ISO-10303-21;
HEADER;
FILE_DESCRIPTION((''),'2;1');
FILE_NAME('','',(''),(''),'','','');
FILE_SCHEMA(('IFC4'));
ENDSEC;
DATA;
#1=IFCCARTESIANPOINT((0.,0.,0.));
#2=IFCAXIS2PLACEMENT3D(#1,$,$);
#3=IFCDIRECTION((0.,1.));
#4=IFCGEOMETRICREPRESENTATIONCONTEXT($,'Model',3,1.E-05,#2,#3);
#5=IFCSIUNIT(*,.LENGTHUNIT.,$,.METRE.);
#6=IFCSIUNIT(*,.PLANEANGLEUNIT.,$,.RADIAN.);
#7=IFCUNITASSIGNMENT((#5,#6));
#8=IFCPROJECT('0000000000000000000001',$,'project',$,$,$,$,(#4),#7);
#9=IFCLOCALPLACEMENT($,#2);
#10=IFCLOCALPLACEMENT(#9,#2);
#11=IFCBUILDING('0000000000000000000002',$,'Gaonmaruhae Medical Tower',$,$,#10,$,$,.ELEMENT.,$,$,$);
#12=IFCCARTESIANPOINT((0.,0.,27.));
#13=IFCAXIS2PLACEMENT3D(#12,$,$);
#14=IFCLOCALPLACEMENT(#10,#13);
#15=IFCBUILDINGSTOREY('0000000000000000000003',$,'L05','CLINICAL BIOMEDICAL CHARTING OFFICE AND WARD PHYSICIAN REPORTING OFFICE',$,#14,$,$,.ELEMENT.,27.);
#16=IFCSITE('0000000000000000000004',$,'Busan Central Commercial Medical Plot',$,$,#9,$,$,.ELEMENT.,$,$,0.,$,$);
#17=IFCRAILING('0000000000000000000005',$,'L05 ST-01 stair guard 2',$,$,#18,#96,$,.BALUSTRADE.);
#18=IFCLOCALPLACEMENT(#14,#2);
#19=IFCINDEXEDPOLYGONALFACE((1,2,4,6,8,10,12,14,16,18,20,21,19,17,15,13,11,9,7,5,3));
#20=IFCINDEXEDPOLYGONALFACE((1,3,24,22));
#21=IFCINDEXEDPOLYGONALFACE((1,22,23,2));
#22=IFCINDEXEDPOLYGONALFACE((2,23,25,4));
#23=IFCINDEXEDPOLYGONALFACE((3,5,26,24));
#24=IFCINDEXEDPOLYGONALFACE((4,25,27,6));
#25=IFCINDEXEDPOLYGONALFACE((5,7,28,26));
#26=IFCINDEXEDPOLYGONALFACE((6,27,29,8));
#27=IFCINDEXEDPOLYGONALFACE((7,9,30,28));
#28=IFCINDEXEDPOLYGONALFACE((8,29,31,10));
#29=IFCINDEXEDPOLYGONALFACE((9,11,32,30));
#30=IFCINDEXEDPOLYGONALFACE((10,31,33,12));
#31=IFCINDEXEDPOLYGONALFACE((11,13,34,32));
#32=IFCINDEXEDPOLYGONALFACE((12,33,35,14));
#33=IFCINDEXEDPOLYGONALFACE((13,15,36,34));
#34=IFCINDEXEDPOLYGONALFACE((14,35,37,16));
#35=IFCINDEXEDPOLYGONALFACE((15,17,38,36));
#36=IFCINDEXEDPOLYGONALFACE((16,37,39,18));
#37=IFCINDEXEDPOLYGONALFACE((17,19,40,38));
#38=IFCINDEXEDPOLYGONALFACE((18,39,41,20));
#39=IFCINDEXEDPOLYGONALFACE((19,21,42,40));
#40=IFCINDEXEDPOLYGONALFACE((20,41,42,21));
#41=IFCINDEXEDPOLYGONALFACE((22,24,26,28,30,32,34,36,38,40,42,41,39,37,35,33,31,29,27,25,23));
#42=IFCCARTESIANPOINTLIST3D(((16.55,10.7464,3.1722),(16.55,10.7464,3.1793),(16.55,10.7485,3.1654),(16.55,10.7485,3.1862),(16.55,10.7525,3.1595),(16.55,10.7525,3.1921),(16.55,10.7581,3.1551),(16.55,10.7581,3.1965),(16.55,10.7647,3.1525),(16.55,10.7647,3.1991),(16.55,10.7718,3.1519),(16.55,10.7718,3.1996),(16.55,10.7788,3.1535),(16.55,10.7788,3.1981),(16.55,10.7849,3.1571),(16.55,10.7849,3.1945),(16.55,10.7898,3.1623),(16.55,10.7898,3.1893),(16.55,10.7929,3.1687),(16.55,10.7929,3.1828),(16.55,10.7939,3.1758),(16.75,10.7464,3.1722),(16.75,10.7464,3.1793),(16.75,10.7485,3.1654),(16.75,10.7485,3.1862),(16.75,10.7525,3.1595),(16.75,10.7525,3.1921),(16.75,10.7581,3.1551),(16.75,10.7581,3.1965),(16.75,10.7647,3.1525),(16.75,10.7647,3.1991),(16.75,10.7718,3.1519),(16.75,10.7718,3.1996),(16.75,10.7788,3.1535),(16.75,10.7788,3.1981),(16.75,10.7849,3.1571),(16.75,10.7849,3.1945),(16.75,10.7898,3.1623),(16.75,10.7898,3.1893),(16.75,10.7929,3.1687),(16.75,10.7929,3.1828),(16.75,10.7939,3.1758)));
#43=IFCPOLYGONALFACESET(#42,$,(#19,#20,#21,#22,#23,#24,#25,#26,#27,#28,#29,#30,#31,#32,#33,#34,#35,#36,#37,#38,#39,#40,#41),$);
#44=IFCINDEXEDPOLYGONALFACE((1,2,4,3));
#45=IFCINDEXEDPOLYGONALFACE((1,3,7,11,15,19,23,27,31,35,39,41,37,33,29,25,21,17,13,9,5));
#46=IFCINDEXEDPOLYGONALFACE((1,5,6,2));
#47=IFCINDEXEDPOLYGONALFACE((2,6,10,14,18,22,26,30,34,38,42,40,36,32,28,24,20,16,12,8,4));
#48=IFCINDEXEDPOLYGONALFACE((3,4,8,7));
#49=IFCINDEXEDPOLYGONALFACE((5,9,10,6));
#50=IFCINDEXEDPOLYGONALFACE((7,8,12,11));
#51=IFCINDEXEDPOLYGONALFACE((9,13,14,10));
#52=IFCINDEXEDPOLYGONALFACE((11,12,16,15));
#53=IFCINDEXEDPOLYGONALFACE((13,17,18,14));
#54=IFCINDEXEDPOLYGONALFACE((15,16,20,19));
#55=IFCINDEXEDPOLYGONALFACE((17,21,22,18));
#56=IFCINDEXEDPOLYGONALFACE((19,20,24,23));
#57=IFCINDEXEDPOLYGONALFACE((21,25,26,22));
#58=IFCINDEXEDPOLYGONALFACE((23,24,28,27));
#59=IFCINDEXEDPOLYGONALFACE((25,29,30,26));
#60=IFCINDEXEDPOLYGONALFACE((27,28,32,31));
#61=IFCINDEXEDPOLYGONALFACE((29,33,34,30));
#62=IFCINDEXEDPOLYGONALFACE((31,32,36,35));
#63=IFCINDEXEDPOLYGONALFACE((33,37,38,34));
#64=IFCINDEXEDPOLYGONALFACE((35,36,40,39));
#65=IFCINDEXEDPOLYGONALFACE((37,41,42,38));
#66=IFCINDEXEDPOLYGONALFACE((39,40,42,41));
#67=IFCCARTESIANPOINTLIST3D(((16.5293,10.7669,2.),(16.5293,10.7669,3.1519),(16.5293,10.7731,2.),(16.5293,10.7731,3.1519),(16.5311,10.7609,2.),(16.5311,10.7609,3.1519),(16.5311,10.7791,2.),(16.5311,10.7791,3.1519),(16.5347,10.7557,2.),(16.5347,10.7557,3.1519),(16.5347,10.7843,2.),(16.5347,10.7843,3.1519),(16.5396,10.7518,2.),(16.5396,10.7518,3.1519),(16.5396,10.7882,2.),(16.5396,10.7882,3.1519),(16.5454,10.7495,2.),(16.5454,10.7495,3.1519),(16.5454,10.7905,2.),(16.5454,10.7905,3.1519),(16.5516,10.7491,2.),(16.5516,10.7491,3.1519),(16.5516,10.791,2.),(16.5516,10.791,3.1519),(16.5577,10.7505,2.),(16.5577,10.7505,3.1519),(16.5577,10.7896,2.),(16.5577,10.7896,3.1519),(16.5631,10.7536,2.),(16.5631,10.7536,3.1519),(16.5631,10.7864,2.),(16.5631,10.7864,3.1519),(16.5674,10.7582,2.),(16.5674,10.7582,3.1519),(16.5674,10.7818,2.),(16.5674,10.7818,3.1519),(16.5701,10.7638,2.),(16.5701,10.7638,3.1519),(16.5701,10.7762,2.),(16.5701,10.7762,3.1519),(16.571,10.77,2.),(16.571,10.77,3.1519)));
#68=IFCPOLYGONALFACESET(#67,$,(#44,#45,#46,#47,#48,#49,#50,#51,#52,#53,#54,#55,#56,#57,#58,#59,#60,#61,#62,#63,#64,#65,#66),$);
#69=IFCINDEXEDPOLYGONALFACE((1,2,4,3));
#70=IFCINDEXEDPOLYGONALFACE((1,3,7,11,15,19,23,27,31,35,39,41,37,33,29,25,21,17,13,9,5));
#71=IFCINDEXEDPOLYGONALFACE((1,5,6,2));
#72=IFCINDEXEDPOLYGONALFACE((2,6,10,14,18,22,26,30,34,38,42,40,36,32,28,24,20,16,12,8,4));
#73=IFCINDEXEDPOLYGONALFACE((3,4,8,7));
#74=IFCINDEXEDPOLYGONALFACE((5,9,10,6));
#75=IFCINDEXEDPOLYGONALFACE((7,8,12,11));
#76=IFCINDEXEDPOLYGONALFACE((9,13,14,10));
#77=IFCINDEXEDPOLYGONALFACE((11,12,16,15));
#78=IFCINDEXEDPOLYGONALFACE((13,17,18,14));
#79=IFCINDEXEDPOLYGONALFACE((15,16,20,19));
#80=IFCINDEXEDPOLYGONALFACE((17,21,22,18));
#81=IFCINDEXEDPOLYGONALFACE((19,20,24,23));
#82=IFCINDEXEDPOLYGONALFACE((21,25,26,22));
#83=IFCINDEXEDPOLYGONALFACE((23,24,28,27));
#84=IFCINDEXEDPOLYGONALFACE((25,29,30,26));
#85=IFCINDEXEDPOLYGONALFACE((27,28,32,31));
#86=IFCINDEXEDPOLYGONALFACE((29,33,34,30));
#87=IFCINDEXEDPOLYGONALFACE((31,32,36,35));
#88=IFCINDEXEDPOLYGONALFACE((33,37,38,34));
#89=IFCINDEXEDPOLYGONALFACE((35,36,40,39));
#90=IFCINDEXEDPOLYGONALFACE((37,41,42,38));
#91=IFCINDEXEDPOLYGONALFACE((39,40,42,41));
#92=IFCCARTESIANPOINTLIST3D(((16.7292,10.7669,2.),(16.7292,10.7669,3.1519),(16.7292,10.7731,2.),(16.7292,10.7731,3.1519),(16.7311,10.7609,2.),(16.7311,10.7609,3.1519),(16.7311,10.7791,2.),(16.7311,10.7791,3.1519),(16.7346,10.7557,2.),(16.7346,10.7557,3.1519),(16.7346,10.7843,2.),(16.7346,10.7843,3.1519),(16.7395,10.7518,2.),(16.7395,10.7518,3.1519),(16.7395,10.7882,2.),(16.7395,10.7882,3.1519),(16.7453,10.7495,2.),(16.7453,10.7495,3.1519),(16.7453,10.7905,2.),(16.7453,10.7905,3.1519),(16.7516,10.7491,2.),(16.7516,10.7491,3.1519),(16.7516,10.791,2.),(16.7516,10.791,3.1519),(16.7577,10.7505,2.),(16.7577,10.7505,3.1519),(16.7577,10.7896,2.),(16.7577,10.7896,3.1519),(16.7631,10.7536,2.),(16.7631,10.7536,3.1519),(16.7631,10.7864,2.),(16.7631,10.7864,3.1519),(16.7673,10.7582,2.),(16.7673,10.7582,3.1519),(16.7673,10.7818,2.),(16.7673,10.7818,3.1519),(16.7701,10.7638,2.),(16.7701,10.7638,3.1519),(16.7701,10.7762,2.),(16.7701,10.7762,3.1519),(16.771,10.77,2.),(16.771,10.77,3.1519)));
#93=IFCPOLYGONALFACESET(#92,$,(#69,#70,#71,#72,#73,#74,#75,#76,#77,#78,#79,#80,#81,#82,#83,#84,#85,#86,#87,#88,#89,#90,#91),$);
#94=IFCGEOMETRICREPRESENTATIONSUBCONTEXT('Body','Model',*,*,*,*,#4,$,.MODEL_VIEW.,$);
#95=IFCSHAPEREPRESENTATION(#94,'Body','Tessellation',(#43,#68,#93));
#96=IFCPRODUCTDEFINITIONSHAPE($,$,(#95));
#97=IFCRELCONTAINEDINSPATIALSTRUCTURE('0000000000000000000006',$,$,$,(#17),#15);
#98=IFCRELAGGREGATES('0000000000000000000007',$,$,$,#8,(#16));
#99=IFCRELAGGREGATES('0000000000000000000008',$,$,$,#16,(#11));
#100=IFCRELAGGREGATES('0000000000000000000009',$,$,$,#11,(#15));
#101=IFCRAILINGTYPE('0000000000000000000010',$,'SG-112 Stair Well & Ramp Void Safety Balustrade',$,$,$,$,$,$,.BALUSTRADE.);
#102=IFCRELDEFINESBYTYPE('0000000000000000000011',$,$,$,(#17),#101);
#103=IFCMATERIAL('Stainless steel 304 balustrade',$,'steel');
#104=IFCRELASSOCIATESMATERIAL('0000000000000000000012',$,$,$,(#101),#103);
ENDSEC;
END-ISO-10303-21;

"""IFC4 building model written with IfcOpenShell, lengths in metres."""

from ifc_helpers import new_model, si_unit, direction, frame, origin, origin_2d, place, context, subcontext, project, spatial, circle, extrude, material, type_object, element, save


model = new_model("IFC4")

# Units and contexts
model_context = context("Model", 3, precision=1e-05, world=origin(), true_north=direction((0.0, 1.0)))
body_context = subcontext(model_context, "Body", "Model", "MODEL_VIEW")
ifc_project = project(units=[si_unit("LENGTHUNIT", "METRE"), si_unit("PLANEANGLEUNIT", "RADIAN")], contexts=[model_context])

# Site, building, storey
site_placement = place(None, origin())
site = spatial("IfcSite", under=ifc_project, at=site_placement, Name="Busan Central Commercial Medical Plot", CompositionType="ELEMENT", RefElevation=0.0)
building_placement = place(site_placement, origin())
building = spatial("IfcBuilding", under=site, at=building_placement, Name="Gaonmaruhae Medical Tower", CompositionType="ELEMENT")
storey_placement = place(building_placement, frame((0.0, 0.0, 27.0)))
storey = spatial("IfcBuildingStorey", under=building, at=storey_placement, Name="L05", Description="CLINICAL BIOMEDICAL CHARTING OFFICE AND WARD PHYSICIAN REPORTING OFFICE", CompositionType="ELEMENT", Elevation=27.0)

# Railing
ifc_material_1 = material(Name="Stainless steel 304 balustrade", Category="steel")
railing_type_1 = type_object("IfcRailingType", Name="SG-112 Stair Well & Ramp Void Safety Balustrade", PredefinedType="BALUSTRADE", material=ifc_material_1)
railing_1_placement = place(storey_placement, frame((16.55, 10.77, 2.0)))
element("IfcRailing", 1, at=railing_1_placement, inside=storey, type_object=railing_type_1, Name="L05 ST-01 stair guard 2", PredefinedType="BALUSTRADE", context=body_context, shape_type="SweptSolid", body=[
    extrude(circle(Radius=0.0239, at=origin_2d()), frame((0.0, 0.0, 1.1758), z_axis=(1.0, 0.0, 0.0), x_axis=(0.0, 1.0, 0.0)), (0.0, 0.0, 1.0), 0.2),
    extrude(circle(Radius=0.021, at=origin_2d()), origin(), (0.0, 0.0, 1.0), 1.1519),
    extrude(circle(Radius=0.021, at=origin_2d()), frame((0.2, 0.0, 0.0)), (0.0, 0.0, 1.0), 1.1519),
])

save(model, "model.ifc")
